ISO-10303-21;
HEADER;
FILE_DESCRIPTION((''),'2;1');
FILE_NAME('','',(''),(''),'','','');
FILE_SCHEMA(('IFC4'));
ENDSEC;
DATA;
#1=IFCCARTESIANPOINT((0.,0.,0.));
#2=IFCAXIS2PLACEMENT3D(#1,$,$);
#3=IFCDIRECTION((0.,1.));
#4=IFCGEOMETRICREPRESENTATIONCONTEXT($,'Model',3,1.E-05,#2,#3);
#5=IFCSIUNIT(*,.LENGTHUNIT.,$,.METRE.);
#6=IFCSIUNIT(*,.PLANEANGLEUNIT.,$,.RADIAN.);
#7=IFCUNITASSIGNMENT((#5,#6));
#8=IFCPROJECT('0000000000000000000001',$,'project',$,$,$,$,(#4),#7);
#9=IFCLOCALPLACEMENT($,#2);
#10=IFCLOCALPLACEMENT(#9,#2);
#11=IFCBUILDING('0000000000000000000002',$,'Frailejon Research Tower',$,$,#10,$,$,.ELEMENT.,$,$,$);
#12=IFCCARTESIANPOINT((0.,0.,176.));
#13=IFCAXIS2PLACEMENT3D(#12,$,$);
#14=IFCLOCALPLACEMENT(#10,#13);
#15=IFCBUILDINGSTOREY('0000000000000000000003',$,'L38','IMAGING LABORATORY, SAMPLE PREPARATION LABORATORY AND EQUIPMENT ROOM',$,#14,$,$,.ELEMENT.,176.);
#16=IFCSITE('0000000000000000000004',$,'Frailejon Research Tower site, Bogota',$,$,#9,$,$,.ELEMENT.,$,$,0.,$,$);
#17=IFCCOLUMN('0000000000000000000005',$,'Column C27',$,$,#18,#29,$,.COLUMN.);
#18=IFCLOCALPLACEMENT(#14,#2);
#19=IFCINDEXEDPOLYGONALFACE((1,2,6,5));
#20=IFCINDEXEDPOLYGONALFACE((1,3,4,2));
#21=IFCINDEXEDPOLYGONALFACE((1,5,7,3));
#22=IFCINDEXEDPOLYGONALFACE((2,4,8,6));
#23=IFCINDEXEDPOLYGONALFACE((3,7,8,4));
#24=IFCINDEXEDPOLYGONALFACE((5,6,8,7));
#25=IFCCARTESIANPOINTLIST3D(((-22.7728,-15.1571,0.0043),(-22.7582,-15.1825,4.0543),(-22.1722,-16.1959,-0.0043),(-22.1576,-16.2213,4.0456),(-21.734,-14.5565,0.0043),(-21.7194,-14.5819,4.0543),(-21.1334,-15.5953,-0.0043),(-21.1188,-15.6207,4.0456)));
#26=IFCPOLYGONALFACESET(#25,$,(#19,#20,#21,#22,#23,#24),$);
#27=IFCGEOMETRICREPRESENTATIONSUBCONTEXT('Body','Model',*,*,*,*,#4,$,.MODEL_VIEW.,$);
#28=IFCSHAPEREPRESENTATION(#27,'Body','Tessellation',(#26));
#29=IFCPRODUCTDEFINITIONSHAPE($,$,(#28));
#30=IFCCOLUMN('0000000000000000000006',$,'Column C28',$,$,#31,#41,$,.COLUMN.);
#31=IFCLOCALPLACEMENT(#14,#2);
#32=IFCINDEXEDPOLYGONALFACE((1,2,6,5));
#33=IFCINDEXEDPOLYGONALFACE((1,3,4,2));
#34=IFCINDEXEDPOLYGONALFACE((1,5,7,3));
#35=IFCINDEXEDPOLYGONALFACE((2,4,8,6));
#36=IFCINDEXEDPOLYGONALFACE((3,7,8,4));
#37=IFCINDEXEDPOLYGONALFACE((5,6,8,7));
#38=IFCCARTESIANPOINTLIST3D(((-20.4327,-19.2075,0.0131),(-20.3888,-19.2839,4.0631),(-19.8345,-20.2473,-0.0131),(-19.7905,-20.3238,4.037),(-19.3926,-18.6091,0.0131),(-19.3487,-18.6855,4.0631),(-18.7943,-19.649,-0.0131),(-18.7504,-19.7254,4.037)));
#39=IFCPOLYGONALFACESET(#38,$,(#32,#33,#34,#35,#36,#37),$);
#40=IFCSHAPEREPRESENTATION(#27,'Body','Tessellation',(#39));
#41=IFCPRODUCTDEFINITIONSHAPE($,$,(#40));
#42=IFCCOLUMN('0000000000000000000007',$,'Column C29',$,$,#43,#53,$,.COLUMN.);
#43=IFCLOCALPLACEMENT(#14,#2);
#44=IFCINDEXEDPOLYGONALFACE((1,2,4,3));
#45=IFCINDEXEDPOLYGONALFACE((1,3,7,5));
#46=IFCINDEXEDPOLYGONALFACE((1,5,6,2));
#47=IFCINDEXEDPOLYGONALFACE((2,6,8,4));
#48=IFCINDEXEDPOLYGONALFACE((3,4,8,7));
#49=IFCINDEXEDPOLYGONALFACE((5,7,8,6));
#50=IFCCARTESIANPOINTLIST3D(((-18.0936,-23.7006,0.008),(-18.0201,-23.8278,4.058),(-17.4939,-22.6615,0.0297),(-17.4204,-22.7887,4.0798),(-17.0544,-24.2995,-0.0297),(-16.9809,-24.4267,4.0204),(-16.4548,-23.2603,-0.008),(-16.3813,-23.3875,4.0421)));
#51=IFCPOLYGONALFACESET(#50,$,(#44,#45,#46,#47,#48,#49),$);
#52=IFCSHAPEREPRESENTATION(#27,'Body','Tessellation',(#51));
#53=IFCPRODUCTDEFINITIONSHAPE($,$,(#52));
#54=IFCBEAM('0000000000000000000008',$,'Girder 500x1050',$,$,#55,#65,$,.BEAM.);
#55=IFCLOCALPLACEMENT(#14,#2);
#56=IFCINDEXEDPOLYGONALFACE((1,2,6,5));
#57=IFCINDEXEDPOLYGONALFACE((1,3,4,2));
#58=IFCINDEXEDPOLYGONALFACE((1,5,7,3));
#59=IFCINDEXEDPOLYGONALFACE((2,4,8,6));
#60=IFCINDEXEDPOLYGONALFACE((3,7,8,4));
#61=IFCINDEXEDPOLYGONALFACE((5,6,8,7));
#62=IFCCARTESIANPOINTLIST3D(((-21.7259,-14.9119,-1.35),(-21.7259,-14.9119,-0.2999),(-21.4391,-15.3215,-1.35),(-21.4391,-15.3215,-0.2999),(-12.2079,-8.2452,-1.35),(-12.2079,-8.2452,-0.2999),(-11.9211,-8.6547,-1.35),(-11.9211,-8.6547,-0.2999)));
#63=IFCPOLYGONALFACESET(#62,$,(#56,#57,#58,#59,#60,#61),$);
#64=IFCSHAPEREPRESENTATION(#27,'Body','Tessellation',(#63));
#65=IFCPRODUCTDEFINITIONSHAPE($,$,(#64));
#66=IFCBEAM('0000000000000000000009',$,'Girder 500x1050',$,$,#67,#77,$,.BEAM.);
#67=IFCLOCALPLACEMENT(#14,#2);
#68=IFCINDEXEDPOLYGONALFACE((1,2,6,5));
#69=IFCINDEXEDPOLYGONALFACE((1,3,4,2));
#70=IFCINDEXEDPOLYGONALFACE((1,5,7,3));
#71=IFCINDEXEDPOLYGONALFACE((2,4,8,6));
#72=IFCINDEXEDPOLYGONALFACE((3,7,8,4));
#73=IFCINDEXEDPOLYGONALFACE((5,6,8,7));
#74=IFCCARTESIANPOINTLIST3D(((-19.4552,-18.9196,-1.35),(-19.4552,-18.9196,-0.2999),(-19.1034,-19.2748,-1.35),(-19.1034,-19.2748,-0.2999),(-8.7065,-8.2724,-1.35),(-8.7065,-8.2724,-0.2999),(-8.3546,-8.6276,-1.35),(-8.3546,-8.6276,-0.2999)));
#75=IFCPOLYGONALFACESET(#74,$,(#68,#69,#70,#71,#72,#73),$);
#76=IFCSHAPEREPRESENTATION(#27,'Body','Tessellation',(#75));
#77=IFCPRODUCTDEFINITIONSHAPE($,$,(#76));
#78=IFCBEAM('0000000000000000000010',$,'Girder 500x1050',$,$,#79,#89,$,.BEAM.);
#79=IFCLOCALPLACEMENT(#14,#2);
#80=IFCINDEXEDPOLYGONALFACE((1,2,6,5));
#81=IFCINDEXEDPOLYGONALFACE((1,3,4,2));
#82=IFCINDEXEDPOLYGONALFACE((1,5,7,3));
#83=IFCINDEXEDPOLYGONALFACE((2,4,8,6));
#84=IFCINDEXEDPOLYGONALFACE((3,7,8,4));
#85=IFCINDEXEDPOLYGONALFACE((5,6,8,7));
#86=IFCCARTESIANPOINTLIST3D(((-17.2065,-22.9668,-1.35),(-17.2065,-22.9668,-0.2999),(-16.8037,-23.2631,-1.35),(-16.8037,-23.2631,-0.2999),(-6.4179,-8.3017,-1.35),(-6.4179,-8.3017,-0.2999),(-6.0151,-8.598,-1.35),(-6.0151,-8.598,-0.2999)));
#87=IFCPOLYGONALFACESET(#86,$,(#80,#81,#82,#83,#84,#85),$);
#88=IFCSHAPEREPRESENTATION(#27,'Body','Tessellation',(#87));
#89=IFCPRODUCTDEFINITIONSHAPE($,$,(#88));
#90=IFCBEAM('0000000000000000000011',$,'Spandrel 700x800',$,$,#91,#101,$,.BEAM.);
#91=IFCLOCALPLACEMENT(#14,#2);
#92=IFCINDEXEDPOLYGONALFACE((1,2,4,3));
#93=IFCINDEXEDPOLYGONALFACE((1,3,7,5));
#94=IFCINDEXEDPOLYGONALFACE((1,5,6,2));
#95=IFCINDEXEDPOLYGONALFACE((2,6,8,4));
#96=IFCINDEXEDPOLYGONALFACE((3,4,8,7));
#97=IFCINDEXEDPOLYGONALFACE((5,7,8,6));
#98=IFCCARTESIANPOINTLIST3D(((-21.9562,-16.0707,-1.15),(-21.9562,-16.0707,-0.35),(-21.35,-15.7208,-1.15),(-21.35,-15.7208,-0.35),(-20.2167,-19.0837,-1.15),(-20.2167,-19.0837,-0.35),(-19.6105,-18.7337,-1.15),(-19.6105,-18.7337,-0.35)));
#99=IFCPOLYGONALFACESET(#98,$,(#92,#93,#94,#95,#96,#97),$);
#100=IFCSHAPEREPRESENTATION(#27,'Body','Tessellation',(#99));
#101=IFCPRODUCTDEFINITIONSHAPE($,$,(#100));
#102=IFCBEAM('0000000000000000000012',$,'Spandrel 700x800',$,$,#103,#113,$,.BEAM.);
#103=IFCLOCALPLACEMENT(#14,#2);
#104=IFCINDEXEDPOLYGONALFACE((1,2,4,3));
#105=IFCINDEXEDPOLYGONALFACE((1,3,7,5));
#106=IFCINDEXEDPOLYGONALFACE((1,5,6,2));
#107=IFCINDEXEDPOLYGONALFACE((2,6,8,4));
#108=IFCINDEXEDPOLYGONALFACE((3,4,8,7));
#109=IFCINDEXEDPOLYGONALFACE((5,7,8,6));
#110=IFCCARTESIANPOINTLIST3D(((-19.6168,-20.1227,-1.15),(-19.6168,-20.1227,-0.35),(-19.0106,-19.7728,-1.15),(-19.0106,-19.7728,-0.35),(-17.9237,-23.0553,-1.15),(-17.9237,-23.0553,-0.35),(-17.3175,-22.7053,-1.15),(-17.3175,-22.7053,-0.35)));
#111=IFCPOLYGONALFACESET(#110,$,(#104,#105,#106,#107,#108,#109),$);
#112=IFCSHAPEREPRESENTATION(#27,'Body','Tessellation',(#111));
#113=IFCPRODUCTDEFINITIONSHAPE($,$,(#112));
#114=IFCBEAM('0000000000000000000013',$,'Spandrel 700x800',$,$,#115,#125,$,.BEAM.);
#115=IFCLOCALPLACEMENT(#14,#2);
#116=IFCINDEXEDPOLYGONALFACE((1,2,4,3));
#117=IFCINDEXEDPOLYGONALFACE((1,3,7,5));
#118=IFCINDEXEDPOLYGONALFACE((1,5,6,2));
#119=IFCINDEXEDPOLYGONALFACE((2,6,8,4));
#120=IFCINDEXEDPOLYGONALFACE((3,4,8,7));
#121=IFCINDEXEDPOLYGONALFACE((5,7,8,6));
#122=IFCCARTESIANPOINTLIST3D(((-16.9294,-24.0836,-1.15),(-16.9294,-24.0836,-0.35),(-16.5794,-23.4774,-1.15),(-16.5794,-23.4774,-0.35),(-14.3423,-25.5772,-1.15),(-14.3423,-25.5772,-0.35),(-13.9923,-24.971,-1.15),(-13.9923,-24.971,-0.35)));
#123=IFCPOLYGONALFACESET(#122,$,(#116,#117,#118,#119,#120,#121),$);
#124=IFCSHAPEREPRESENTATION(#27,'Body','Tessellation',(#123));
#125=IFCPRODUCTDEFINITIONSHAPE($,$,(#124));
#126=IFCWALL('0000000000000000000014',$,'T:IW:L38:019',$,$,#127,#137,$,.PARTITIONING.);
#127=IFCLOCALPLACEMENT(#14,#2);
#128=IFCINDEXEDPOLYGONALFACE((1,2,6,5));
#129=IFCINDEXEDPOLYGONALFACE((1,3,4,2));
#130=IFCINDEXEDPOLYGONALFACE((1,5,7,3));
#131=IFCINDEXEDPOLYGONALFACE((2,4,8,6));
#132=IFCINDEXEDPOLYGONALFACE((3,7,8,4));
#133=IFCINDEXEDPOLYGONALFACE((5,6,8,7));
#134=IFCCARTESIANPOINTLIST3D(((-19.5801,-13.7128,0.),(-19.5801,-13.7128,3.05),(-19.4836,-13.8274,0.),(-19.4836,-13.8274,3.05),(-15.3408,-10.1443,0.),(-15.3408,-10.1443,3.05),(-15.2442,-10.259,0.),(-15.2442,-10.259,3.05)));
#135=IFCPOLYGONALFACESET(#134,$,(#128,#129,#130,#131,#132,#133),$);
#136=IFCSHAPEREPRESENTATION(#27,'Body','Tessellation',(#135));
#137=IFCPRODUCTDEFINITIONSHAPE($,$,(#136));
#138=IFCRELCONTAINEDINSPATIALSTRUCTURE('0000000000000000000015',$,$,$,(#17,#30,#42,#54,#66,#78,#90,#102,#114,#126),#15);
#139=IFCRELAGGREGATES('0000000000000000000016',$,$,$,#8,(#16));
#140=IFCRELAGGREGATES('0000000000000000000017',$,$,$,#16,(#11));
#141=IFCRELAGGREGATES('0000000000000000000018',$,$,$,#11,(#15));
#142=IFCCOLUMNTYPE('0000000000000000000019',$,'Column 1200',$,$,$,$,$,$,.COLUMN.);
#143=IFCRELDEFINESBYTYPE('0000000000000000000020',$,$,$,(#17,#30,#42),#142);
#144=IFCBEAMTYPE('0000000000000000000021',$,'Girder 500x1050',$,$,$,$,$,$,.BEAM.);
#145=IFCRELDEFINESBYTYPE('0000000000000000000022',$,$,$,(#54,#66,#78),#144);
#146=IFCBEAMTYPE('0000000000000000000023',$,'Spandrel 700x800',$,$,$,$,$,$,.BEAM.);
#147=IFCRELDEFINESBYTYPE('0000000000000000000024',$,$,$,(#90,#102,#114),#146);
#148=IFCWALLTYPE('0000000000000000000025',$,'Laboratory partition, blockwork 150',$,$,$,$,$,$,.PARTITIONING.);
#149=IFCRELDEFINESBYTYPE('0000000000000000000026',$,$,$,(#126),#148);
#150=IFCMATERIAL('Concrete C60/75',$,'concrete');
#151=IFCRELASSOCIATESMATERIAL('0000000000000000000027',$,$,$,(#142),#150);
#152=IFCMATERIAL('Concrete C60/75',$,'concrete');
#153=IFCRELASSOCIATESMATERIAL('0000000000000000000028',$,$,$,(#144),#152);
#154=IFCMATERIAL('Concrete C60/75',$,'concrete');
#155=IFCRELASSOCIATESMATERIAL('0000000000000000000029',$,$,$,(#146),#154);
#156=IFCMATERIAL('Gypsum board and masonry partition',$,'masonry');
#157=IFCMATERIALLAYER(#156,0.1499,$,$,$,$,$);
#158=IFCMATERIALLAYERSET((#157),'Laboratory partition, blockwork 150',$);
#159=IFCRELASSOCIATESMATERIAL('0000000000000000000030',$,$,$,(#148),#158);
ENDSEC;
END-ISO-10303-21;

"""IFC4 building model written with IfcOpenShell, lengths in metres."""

from ifc_helpers import new_model, si_unit, direction, frame, frame_2d, origin, origin_2d, place, context, subcontext, project, spatial, rectangle, extrude, material, layer, layer_set, material_profile, profile_set, type_object, element, save


model = new_model("IFC4")

# Units and contexts
model_context = context("Model", 3, precision=1e-05, world=origin(), true_north=direction((0.0, 1.0)))
body_context = subcontext(model_context, "Body", "Model", "MODEL_VIEW")
ifc_project = project(units=[si_unit("LENGTHUNIT", "METRE"), si_unit("PLANEANGLEUNIT", "RADIAN")], contexts=[model_context])

# Site, building, storey
site_placement = place(None, origin())
site = spatial("IfcSite", under=ifc_project, at=site_placement, Name="Frailejon Research Tower site, Bogota", CompositionType="ELEMENT", RefElevation=0.0)
building_placement = place(site_placement, origin())
building = spatial("IfcBuilding", under=site, at=building_placement, Name="Frailejon Research Tower", CompositionType="ELEMENT")
storey_placement = place(building_placement, frame((0.0, 0.0, 176.0)))
storey = spatial("IfcBuildingStorey", under=building, at=storey_placement, Name="L38", Description="IMAGING LABORATORY, SAMPLE PREPARATION LABORATORY AND EQUIPMENT ROOM", CompositionType="ELEMENT", Elevation=176.0)

# Columns
ifc_material_1 = material(Name="Concrete C60/75", Category="concrete")
ifc_material_profile_1 = material_profile(ifc_material_1, rectangle(XDim=1.2, YDim=1.2, at=origin_2d()), Name="Column 1200")
ifc_profile_set_1 = profile_set([ifc_material_profile_1], Name="Concrete C60/75")
column_type = type_object("IfcColumnType", Name="Column 1200", PredefinedType="COLUMN", material=ifc_profile_set_1)
column_1_placement = place(storey_placement, frame((-21.9531, -15.3762, 0.0), z_axis=(0.003617, -0.006269, 0.999974), x_axis=(0.50053, -0.865689, -0.007238)))
element("IfcColumn", 1, at=column_1_placement, inside=storey, type_object=column_type, Name="Column C27", PredefinedType="COLUMN", context=body_context, shape_type="SweptSolid", body=[
    extrude(rectangle(XDim=1.2, YDim=1.2, at=origin_2d()), origin(), (0.0, 0.0, 1.0), 4.05),
])
column_2_placement = place(storey_placement, frame((-19.6135, -19.4282, 0.0), z_axis=(0.010848, -0.018863, 0.999763), x_axis=(0.498562, -0.866581, -0.02176)))
element("IfcColumn", 2, at=column_2_placement, inside=storey, type_object=column_type, Name="Column C28", PredefinedType="COLUMN", context=body_context, shape_type="SweptSolid", body=[
    extrude(rectangle(XDim=1.2, YDim=1.2, at=origin_2d()), origin(), (0.0, 0.0, 1.0), 4.051),
])
column_3_placement = place(storey_placement, frame((-17.2742, -23.4805, 0.0), z_axis=(0.018133, -0.031386, 0.999343), x_axis=(0.865999, -0.499059, -0.031387)))
element("IfcColumn", 3, at=column_3_placement, inside=storey, type_object=column_type, Name="Column C29", PredefinedType="COLUMN", context=body_context, shape_type="SweptSolid", body=[
    extrude(rectangle(XDim=1.2, YDim=1.2, at=origin_2d()), origin(), (0.0, 0.0, 1.0), 4.0527),
])

# Beams
ifc_material_2 = material(Name="Concrete C60/75", Category="concrete")
ifc_material_profile_2 = material_profile(ifc_material_2, rectangle(XDim=0.5, YDim=1.05, at=origin_2d()), Name="Girder 500x1050")
ifc_profile_set_2 = profile_set([ifc_material_profile_2], Name="Concrete C60/75")
beam_type_1 = type_object("IfcBeamType", Name="Girder 500x1050", PredefinedType="BEAM", material=ifc_profile_set_2)
beam_1_placement = place(storey_placement, frame((-21.5825, -15.1167, -0.825), z_axis=(0.819066, 0.573699, 0.0), x_axis=(-0.573699, 0.819066, 0.0)))
element("IfcBeam", 4, at=beam_1_placement, inside=storey, type_object=beam_type_1, Name="Girder 500x1050", PredefinedType="BEAM", context=body_context, shape_type="SweptSolid", body=[
    extrude(rectangle(XDim=0.5, YDim=1.05, at=origin_2d()), origin(), (0.0, 0.0, 1.0), 11.6206),
])
beam_2_placement = place(storey_placement, frame((-19.2793, -19.0972, -0.825), z_axis=(0.710455, 0.703742, 0.0), x_axis=(-0.703742, 0.710455, 0.0)))
element("IfcBeam", 5, at=beam_2_placement, inside=storey, type_object=beam_type_1, Name="Girder 500x1050", PredefinedType="BEAM", context=body_context, shape_type="SweptSolid", body=[
    extrude(rectangle(XDim=0.5, YDim=1.05, at=origin_2d()), origin(), (0.0, 0.0, 1.0), 15.1294),
])
beam_3_placement = place(storey_placement, frame((-17.0051, -23.115, -0.825), z_axis=(0.592585, 0.805508, 0.0), x_axis=(-0.805508, 0.592585, 0.0)))
element("IfcBeam", 6, at=beam_3_placement, inside=storey, type_object=beam_type_1, Name="Girder 500x1050", PredefinedType="BEAM", context=body_context, shape_type="SweptSolid", body=[
    extrude(rectangle(XDim=0.5, YDim=1.05, at=origin_2d()), origin(), (0.0, 0.0, 1.0), 18.2061),
])
ifc_material_3 = material(Name="Concrete C60/75", Category="concrete")
ifc_material_profile_3 = material_profile(ifc_material_3, rectangle(XDim=0.7, YDim=0.8, at=origin_2d()), Name="Spandrel 700x800")
ifc_profile_set_3 = profile_set([ifc_material_profile_3], Name="Concrete C60/75")
beam_type_2 = type_object("IfcBeamType", Name="Spandrel 700x800", PredefinedType="BEAM", material=ifc_profile_set_3)
beam_4_placement = place(storey_placement, frame((-21.6531, -15.8958, -0.75), z_axis=(0.499996, -0.866028, 0.0), x_axis=(0.866028, 0.499996, 0.0)))
element("IfcBeam", 7, at=beam_4_placement, inside=storey, type_object=beam_type_2, Name="Spandrel 700x800", PredefinedType="BEAM", context=body_context, shape_type="SweptSolid", body=[
    extrude(rectangle(XDim=0.7, YDim=0.8, at=origin_2d()), origin(), (0.0, 0.0, 1.0), 3.479),
])
beam_5_placement = place(storey_placement, frame((-19.3137, -19.9478, -0.75), z_axis=(0.499993, -0.86603, 0.0), x_axis=(0.86603, 0.499993, 0.0)))
element("IfcBeam", 8, at=beam_5_placement, inside=storey, type_object=beam_type_2, Name="Spandrel 700x800", PredefinedType="BEAM", context=body_context, shape_type="SweptSolid", body=[
    extrude(rectangle(XDim=0.7, YDim=0.8, at=origin_2d()), origin(), (0.0, 0.0, 1.0), 3.3862),
])
beam_6_placement = place(storey_placement, frame((-16.7544, -23.7805, -0.75), z_axis=(0.866032, -0.499989, 0.0), x_axis=(0.499989, 0.866032, 0.0)))
element("IfcBeam", 9, at=beam_6_placement, inside=storey, type_object=beam_type_2, Name="Spandrel 700x800", PredefinedType="BEAM", context=body_context, shape_type="SweptSolid", body=[
    extrude(rectangle(XDim=0.7, YDim=0.8, at=origin_2d()), origin(), (0.0, 0.0, 1.0), 2.9873),
])

# Wall
ifc_material_4 = material(Name="Gypsum board and masonry partition", Category="masonry")
ifc_layer_1 = layer(ifc_material_4, 0.1499)
ifc_layer_set_1 = layer_set([ifc_layer_1], Name="Laboratory partition, blockwork 150")
wall_type = type_object("IfcWallType", Name="Laboratory partition, blockwork 150", PredefinedType="PARTITIONING", material=ifc_layer_set_1)
wall_1_placement = place(storey_placement, frame((-19.5317, -13.77, 0.0), z_axis=(0.0, 0.0, 1.0), x_axis=(0.765048, 0.643973, 0.0)))
element("IfcWall", 10, at=wall_1_placement, inside=storey, type_object=wall_type, Name="T:IW:L38:019", PredefinedType="PARTITIONING", context=body_context, shape_type="SweptSolid", body=[
    extrude(rectangle(XDim=5.5413, YDim=0.1499, at=frame_2d((2.7705, 0.0))), origin(), (0.0, 0.0, 1.0), 3.05),
])

save(model, "model.ifc")
